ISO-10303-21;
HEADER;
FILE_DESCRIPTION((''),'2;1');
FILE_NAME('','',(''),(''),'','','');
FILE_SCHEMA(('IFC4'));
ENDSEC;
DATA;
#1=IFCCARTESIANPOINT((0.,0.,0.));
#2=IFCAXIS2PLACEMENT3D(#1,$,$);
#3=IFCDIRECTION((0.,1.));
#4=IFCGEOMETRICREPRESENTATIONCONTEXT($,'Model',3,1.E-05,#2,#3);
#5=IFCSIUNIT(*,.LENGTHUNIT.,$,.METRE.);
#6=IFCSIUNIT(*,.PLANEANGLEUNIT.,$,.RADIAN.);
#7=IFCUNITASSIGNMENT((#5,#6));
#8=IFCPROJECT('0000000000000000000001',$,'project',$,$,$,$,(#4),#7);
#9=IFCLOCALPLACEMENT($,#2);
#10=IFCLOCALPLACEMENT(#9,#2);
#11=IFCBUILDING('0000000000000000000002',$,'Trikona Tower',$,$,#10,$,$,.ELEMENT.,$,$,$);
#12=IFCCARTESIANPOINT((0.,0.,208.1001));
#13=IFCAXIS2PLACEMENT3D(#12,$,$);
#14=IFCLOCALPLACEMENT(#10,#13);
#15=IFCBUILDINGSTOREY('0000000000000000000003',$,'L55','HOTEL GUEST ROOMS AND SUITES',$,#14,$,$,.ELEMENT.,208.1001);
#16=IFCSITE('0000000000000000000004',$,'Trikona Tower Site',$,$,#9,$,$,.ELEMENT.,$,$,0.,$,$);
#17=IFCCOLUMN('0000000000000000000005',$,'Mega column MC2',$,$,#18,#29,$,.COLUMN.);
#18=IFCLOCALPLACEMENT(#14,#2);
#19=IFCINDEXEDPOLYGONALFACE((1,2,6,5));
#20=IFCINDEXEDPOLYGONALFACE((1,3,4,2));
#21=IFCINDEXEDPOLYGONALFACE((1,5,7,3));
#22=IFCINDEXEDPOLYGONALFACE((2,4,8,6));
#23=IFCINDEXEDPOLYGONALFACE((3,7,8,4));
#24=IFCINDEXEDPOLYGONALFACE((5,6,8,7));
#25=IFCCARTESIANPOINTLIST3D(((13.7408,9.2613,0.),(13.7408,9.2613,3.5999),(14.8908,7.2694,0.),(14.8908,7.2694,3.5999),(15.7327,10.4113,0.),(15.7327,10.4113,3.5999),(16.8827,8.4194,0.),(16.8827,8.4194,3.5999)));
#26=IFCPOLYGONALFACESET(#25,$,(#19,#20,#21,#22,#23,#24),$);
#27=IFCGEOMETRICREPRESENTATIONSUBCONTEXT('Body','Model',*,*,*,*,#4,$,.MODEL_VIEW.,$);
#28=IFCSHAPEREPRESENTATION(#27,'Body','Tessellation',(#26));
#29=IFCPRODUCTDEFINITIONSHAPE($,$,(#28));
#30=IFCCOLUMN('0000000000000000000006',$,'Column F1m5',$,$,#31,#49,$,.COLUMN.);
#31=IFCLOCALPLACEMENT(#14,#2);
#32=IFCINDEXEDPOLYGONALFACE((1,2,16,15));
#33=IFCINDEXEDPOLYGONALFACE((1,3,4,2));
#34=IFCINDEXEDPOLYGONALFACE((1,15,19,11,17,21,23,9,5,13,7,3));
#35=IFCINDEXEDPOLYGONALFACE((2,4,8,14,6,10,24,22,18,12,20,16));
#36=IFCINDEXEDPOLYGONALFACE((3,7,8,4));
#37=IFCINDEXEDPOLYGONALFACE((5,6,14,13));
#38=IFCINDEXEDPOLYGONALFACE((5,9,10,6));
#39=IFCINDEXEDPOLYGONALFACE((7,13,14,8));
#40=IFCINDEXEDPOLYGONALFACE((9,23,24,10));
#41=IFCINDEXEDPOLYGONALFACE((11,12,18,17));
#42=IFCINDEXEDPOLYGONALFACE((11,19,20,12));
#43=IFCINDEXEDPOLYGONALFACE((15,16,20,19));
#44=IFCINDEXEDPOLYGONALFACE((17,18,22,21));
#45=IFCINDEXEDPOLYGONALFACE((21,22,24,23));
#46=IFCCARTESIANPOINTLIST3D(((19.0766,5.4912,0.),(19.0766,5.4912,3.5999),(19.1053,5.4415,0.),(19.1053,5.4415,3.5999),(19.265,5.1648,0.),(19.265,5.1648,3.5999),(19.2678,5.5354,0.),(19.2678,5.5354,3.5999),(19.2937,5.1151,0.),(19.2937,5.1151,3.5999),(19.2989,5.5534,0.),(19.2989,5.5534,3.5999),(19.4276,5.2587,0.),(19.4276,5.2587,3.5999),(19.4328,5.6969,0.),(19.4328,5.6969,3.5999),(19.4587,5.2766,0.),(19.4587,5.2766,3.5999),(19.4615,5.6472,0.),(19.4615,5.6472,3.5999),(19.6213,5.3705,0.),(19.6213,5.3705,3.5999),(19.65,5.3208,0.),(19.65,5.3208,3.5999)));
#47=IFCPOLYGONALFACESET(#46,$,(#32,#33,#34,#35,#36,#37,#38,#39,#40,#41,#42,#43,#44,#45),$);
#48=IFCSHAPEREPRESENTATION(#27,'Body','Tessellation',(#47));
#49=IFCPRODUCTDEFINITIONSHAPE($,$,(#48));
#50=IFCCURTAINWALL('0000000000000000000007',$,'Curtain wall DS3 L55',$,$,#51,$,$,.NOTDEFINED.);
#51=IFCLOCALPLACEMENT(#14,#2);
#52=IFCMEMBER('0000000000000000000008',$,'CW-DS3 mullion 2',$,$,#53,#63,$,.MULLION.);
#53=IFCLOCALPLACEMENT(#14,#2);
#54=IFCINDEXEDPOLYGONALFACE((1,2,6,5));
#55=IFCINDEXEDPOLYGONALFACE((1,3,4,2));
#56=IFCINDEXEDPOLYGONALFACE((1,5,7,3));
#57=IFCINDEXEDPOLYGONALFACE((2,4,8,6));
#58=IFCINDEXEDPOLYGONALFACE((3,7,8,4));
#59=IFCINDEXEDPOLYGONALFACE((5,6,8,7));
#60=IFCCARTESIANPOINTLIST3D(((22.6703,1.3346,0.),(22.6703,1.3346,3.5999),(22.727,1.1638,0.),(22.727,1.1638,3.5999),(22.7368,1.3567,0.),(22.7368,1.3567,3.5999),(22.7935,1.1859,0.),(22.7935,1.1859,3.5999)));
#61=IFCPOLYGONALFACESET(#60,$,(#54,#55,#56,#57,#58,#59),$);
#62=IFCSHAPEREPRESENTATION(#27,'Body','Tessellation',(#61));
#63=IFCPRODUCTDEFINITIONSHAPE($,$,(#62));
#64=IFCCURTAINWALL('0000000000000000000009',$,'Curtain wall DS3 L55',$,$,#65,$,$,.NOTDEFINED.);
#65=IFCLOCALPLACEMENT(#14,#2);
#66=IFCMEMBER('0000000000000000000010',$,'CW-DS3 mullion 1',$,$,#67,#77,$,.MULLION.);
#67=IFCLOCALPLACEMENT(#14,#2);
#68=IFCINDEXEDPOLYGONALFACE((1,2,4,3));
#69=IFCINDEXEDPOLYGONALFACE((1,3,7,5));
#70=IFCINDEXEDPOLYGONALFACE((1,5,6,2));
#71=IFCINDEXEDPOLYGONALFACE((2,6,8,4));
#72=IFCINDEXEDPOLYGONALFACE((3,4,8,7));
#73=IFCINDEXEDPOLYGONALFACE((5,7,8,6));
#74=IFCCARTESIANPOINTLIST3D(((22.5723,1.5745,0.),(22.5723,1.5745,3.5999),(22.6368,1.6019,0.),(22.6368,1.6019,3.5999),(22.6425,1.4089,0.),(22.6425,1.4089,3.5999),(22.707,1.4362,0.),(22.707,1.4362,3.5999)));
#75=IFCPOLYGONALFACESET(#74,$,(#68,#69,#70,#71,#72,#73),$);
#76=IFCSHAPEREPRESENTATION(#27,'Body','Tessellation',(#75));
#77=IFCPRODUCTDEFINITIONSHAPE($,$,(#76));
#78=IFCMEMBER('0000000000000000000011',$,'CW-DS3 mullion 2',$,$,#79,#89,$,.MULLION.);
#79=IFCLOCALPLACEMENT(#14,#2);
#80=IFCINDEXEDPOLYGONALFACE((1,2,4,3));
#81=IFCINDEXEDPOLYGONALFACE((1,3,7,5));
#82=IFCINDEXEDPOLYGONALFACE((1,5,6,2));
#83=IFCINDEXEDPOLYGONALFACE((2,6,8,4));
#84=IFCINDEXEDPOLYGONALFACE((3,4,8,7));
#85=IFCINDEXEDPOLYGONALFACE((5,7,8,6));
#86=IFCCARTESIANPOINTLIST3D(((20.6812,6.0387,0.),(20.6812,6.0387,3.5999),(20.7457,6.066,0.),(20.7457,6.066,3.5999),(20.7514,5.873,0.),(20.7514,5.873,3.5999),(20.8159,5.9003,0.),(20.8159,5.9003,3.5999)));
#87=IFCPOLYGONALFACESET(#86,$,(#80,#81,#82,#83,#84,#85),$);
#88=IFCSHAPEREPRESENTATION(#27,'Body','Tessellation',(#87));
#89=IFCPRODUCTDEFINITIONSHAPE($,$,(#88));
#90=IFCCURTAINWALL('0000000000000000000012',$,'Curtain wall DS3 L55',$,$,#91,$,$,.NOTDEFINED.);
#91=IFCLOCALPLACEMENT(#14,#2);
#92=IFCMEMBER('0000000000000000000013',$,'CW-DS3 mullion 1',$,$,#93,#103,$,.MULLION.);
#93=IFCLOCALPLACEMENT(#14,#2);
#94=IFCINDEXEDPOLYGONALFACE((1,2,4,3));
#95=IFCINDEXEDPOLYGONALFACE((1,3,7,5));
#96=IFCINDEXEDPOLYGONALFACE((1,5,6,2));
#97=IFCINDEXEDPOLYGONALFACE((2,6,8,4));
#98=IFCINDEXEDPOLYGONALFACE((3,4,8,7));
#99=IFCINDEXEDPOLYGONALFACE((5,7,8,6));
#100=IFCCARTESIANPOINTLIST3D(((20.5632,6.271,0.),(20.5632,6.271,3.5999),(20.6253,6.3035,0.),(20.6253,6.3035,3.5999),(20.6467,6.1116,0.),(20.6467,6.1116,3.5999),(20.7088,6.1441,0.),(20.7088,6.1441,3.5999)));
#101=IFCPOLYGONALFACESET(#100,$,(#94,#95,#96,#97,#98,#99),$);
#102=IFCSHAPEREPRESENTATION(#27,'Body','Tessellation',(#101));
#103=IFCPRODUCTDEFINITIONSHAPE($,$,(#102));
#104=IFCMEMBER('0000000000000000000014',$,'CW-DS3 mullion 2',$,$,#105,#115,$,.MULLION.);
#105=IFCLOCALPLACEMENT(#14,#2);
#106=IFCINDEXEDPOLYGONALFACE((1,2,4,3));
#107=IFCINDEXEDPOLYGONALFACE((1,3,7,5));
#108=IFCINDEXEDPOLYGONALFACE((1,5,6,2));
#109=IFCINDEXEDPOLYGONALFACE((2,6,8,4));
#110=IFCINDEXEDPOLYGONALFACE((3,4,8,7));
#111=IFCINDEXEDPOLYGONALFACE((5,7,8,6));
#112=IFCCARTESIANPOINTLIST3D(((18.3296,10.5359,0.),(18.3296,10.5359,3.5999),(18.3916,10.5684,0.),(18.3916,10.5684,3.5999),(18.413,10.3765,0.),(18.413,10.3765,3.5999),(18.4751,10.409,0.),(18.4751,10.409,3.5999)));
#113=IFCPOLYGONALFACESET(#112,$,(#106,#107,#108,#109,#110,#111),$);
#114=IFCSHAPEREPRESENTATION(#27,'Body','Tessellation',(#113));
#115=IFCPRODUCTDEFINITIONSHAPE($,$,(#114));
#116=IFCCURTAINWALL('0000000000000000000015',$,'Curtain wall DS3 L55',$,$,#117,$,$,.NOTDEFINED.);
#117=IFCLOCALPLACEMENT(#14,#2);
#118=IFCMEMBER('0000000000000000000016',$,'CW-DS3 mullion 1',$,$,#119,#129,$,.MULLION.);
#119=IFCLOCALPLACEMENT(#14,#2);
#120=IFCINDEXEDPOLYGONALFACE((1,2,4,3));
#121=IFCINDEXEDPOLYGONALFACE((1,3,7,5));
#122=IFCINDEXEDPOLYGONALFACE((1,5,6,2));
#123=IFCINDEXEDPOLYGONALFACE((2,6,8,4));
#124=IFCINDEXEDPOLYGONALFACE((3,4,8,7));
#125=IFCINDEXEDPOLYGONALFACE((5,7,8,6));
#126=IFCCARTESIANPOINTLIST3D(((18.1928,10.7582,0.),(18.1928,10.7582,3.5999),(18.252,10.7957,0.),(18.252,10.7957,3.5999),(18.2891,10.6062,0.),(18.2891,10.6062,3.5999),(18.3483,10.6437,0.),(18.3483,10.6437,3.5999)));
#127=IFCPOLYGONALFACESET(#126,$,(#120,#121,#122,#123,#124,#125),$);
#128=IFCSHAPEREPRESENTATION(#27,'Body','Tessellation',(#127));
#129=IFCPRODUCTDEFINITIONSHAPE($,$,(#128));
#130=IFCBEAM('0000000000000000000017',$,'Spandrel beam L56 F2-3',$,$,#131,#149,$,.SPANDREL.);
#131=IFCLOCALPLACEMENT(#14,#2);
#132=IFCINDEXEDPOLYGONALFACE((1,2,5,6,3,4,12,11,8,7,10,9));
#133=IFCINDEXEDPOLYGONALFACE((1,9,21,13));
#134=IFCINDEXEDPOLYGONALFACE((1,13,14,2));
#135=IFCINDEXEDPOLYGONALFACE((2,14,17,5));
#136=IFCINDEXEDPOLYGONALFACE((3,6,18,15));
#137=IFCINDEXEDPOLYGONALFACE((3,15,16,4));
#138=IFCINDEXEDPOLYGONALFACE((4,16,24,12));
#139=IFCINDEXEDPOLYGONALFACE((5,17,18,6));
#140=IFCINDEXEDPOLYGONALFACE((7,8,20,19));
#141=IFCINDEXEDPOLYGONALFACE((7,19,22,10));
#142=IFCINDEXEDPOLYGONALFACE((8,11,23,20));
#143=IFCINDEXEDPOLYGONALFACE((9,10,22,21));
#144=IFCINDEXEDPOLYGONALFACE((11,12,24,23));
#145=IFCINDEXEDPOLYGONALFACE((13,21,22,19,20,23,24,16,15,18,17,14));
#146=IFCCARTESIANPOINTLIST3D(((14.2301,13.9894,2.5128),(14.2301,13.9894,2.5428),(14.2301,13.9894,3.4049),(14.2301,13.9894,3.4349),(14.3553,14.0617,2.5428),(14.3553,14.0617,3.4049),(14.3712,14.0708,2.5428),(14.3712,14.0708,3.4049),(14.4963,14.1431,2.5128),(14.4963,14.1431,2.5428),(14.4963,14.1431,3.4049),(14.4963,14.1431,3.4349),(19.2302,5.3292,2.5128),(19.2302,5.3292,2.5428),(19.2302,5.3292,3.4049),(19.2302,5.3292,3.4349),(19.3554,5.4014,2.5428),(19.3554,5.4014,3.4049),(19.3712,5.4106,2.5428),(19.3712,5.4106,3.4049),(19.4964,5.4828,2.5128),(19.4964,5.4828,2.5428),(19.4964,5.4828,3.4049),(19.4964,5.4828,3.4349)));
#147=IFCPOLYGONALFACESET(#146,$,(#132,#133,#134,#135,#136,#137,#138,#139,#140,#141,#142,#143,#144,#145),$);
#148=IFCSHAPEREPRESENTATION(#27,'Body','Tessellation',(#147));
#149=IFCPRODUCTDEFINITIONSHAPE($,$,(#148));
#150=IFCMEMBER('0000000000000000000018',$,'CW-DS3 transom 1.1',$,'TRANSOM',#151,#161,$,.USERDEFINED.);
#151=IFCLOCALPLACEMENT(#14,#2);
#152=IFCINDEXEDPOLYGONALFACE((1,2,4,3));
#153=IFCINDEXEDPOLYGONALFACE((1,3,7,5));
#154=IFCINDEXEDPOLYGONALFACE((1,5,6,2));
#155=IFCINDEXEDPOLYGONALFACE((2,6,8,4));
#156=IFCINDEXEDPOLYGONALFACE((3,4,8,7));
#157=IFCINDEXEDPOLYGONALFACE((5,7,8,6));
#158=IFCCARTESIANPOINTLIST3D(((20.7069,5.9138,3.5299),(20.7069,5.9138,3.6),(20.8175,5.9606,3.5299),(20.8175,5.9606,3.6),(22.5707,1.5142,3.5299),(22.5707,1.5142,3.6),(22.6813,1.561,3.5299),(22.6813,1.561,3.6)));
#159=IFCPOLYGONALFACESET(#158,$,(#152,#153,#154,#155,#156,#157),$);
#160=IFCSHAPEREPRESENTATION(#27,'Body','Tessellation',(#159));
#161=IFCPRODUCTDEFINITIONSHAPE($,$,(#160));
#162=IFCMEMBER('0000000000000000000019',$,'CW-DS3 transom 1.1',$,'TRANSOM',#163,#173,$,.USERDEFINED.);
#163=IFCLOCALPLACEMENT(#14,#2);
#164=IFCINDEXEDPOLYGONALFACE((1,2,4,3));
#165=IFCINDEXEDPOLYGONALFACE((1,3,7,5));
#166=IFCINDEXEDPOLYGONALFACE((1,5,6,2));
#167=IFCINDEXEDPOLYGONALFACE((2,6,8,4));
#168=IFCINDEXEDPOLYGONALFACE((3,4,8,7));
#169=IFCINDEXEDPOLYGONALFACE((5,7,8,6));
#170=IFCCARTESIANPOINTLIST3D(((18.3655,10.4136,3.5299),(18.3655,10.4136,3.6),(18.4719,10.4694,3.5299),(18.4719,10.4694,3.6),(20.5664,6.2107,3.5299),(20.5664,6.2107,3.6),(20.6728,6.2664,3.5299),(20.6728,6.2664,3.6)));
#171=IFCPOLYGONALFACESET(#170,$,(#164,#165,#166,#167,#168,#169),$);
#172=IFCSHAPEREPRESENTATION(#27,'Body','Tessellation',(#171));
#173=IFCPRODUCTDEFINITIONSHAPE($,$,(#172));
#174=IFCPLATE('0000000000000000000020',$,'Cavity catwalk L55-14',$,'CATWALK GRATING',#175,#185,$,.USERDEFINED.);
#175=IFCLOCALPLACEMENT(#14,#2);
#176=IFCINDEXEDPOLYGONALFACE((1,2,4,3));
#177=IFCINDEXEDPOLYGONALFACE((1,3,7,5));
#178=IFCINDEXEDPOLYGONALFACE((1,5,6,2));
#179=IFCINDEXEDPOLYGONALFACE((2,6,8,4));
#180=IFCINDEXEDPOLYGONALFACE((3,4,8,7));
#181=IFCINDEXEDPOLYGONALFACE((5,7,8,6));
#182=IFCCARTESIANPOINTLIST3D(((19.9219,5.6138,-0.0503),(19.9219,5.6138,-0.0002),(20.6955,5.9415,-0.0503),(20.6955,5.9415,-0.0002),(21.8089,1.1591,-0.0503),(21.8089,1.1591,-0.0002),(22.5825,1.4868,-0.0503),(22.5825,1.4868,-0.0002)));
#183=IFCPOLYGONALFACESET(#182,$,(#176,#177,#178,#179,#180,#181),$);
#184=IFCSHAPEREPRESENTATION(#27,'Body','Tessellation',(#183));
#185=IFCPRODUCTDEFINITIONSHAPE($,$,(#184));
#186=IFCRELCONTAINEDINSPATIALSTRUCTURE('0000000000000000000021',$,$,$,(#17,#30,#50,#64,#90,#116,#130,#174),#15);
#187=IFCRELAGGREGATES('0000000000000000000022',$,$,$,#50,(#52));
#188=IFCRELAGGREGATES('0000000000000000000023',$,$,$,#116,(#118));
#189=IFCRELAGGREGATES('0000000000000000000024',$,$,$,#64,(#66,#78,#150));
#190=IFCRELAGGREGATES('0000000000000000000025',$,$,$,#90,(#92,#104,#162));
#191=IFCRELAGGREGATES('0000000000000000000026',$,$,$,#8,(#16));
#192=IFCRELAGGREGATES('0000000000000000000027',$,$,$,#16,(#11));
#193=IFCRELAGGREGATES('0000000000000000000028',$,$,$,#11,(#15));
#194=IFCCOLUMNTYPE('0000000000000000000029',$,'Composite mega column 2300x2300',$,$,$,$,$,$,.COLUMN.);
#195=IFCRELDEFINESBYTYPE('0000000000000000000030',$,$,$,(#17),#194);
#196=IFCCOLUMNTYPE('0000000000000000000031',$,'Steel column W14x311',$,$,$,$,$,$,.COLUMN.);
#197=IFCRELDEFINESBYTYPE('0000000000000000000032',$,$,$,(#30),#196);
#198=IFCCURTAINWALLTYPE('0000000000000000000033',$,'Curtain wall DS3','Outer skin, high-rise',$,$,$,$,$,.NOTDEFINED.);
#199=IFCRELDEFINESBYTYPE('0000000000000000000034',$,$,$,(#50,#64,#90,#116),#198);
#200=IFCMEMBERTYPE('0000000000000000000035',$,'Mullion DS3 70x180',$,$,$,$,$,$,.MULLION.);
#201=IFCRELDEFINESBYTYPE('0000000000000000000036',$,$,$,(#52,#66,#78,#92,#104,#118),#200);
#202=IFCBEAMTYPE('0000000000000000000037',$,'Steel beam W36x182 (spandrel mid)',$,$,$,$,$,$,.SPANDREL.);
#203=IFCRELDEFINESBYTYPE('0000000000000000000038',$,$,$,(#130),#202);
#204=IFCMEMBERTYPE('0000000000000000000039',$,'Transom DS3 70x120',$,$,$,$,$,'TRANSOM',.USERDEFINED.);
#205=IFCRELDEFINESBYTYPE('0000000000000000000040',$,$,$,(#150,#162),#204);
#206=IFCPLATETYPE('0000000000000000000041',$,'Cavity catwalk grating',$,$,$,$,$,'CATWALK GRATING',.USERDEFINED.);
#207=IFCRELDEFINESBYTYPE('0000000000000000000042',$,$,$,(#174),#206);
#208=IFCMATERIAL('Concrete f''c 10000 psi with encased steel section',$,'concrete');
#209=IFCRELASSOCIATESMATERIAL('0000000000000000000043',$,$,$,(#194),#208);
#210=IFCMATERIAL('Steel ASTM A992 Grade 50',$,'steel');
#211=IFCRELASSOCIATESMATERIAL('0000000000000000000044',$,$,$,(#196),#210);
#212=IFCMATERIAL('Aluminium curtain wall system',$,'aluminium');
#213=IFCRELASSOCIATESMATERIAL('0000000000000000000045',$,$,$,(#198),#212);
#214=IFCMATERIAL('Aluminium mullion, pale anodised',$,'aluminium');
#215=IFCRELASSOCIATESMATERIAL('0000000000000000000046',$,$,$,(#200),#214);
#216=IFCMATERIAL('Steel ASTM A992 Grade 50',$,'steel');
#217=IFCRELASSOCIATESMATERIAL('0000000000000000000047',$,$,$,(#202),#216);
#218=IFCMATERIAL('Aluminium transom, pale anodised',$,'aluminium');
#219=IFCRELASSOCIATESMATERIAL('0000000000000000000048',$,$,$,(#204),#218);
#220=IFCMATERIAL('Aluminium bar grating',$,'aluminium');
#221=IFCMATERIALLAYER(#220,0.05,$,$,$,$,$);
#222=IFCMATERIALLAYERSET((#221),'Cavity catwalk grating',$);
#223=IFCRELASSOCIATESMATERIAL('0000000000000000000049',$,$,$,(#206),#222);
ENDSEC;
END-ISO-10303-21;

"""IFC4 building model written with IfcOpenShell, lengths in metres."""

from ifc_helpers import new_model, si_unit, direction, frame, origin, origin_2d, place, context, subcontext, project, spatial, rectangle, i_section, extrude, material, layer, layer_set, material_profile, profile_set, type_object, element, aggregate, save


model = new_model("IFC4")

# Units and contexts
model_context = context("Model", 3, precision=1e-05, world=origin(), true_north=direction((0.0, 1.0)))
body_context = subcontext(model_context, "Body", "Model", "MODEL_VIEW")
ifc_project = project(units=[si_unit("LENGTHUNIT", "METRE"), si_unit("PLANEANGLEUNIT", "RADIAN")], contexts=[model_context])

# Site, building, storey
site_placement = place(None, origin())
site = spatial("IfcSite", under=ifc_project, at=site_placement, Name="Trikona Tower Site", CompositionType="ELEMENT", RefElevation=0.0)
building_placement = place(site_placement, origin())
building = spatial("IfcBuilding", under=site, at=building_placement, Name="Trikona Tower", CompositionType="ELEMENT")
storey_placement = place(building_placement, frame((0.0, 0.0, 208.1001)))
storey = spatial("IfcBuildingStorey", under=building, at=storey_placement, Name="L55", Description="HOTEL GUEST ROOMS AND SUITES", CompositionType="ELEMENT", Elevation=208.1001)

# Columns
ifc_material_1 = material(Name="Concrete f'c 10000 psi with encased steel section", Category="concrete")
ifc_material_profile_1 = material_profile(ifc_material_1, rectangle(XDim=2.3, YDim=2.3, at=origin_2d()), Name="MC2300")
ifc_profile_set_1 = profile_set([ifc_material_profile_1], Name="Concrete f'c 10000 psi with encased steel section")
column_type_1 = type_object("IfcColumnType", Name="Composite mega column 2300x2300", PredefinedType="COLUMN", material=ifc_profile_set_1)
column_1_placement = place(storey_placement, frame((15.3118, 8.8403, 0.0), z_axis=(0.0, 0.0, 1.0), x_axis=(0.866025, 0.5, 0.0)))
element("IfcColumn", 1, at=column_1_placement, inside=storey, type_object=column_type_1, Name="Mega column MC2", PredefinedType="COLUMN", context=body_context, shape_type="SweptSolid", body=[
    extrude(rectangle(XDim=2.3, YDim=2.3, at=origin_2d()), origin(), (0.0, 0.0, 1.0), 3.5999),
])
ifc_material_2 = material(Name="Steel ASTM A992 Grade 50", Category="steel")
ifc_material_profile_2 = material_profile(ifc_material_2, i_section(OverallWidth=0.4114, OverallDepth=0.4343, WebThickness=0.0359, FlangeThickness=0.0574, at=origin_2d()), Name="W14X311")
ifc_profile_set_2 = profile_set([ifc_material_profile_2], Name="Steel ASTM A992 Grade 50")
column_type_2 = type_object("IfcColumnType", Name="Steel column W14x311", PredefinedType="COLUMN", material=ifc_profile_set_2)
column_2_placement = place(storey_placement, frame((19.3633, 5.406, 0.0), z_axis=(0.0, 0.0, 1.0), x_axis=(0.866025, 0.5, 0.0)))
element("IfcColumn", 2, at=column_2_placement, inside=storey, type_object=column_type_2, Name="Column F1m5", PredefinedType="COLUMN", context=body_context, shape_type="SweptSolid", body=[
    extrude(i_section(OverallWidth=0.4114, OverallDepth=0.4343, WebThickness=0.0359, FlangeThickness=0.0574, at=origin_2d()), origin(), (0.0, 0.0, 1.0), 3.5999),
])

# Curtain wall, member
ifc_material_3 = material(Name="Aluminium curtain wall system", Category="aluminium")
curtain_wall_type = type_object("IfcCurtainWallType", Name="Curtain wall DS3", Description="Outer skin, high-rise", PredefinedType="NOTDEFINED", material=ifc_material_3)
curtain_wall_1_placement = place(storey_placement, origin())
curtain_wall_1 = element("IfcCurtainWall", 3, at=curtain_wall_1_placement, inside=storey, type_object=curtain_wall_type, Name="Curtain wall DS3 L55", PredefinedType="NOTDEFINED")
ifc_material_4 = material(Name="Aluminium mullion, pale anodised", Category="aluminium")
ifc_material_profile_3 = material_profile(ifc_material_4, rectangle(XDim=0.0701, YDim=0.1799, at=origin_2d()), Name="MUL-DS3")
ifc_profile_set_3 = profile_set([ifc_material_profile_3], Name="Aluminium mullion, pale anodised")
member_type_1 = type_object("IfcMemberType", Name="Mullion DS3 70x180", PredefinedType="MULLION", material=ifc_profile_set_3)
member_1_placement = place(storey_placement, frame((22.7319, 1.2603, 0.0), z_axis=(0.0, 0.0, 1.0), x_axis=(-0.949066, -0.315078, 0.0)))
member_1 = element("IfcMember", 4, at=member_1_placement, type_object=member_type_1, Name="CW-DS3 mullion 2", PredefinedType="MULLION", context=body_context, shape_type="SweptSolid", body=[
    extrude(rectangle(XDim=0.0701, YDim=0.1799, at=origin_2d()), origin(), (0.0, 0.0, 1.0), 3.5999),
])
aggregate(curtain_wall_1, [member_1])

# Curtain walls, members
curtain_wall_2_placement = place(storey_placement, origin())
curtain_wall_2 = element("IfcCurtainWall", 5, at=curtain_wall_2_placement, inside=storey, type_object=curtain_wall_type, Name="Curtain wall DS3 L55", PredefinedType="NOTDEFINED")
member_2_placement = place(storey_placement, frame((22.6396, 1.5054, 0.0), z_axis=(0.0, 0.0, 1.0), x_axis=(-0.920792, -0.390053, 0.0)))
member_2 = element("IfcMember", 6, at=member_2_placement, type_object=member_type_1, Name="CW-DS3 mullion 1", PredefinedType="MULLION", context=body_context, shape_type="SweptSolid", body=[
    extrude(rectangle(XDim=0.0701, YDim=0.1799, at=origin_2d()), origin(), (0.0, 0.0, 1.0), 3.5999),
])
member_3_placement = place(storey_placement, frame((20.7485, 5.9695, 0.0), z_axis=(0.0, 0.0, 1.0), x_axis=(-0.920792, -0.390053, 0.0)))
member_3 = element("IfcMember", 7, at=member_3_placement, type_object=member_type_1, Name="CW-DS3 mullion 2", PredefinedType="MULLION", context=body_context, shape_type="SweptSolid", body=[
    extrude(rectangle(XDim=0.0701, YDim=0.1799, at=origin_2d()), origin(), (0.0, 0.0, 1.0), 3.5999),
])
curtain_wall_3_placement = place(storey_placement, origin())
curtain_wall_3 = element("IfcCurtainWall", 8, at=curtain_wall_3_placement, inside=storey, type_object=curtain_wall_type, Name="Curtain wall DS3 L55", PredefinedType="NOTDEFINED")
member_4_placement = place(storey_placement, frame((20.636, 6.2075, 0.0), z_axis=(0.0, 0.0, 1.0), x_axis=(-0.885862, -0.463948, 0.0)))
member_4 = element("IfcMember", 9, at=member_4_placement, type_object=member_type_1, Name="CW-DS3 mullion 1", PredefinedType="MULLION", context=body_context, shape_type="SweptSolid", body=[
    extrude(rectangle(XDim=0.0701, YDim=0.1799, at=origin_2d()), origin(), (0.0, 0.0, 1.0), 3.5999),
])
member_5_placement = place(storey_placement, frame((18.4023, 10.4724, 0.0), z_axis=(0.0, 0.0, 1.0), x_axis=(-0.885862, -0.463948, 0.0)))
member_5 = element("IfcMember", 10, at=member_5_placement, type_object=member_type_1, Name="CW-DS3 mullion 2", PredefinedType="MULLION", context=body_context, shape_type="SweptSolid", body=[
    extrude(rectangle(XDim=0.0701, YDim=0.1799, at=origin_2d()), origin(), (0.0, 0.0, 1.0), 3.5999),
])

# Curtain wall, member
curtain_wall_4_placement = place(storey_placement, origin())
curtain_wall_4 = element("IfcCurtainWall", 11, at=curtain_wall_4_placement, inside=storey, type_object=curtain_wall_type, Name="Curtain wall DS3 L55", PredefinedType="NOTDEFINED")
member_6_placement = place(storey_placement, frame((18.2705, 10.7009, 0.0), z_axis=(0.0, 0.0, 1.0), x_axis=(-0.844727, -0.535197, 0.0)))
member_6 = element("IfcMember", 12, at=member_6_placement, type_object=member_type_1, Name="CW-DS3 mullion 1", PredefinedType="MULLION", context=body_context, shape_type="SweptSolid", body=[
    extrude(rectangle(XDim=0.0701, YDim=0.1799, at=origin_2d()), origin(), (0.0, 0.0, 1.0), 3.5999),
])
aggregate(curtain_wall_4, [member_6])

# Beam
ifc_material_5 = material(Name="Steel ASTM A992 Grade 50", Category="steel")
ifc_material_profile_4 = material_profile(ifc_material_5, i_section(OverallWidth=0.3074, OverallDepth=0.9221, WebThickness=0.0183, FlangeThickness=0.03, at=origin_2d()), Name="W36X182")
ifc_profile_set_4 = profile_set([ifc_material_profile_4], Name="Steel ASTM A992 Grade 50")
beam_type = type_object("IfcBeamType", Name="Steel beam W36x182 (spandrel mid)", PredefinedType="SPANDREL", material=ifc_profile_set_4)
beam_placement = place(storey_placement, frame((19.3633, 5.406, 2.9739), z_axis=(-0.500004, 0.866023, 0.0), x_axis=(-0.866023, -0.500004, 0.0)))
element("IfcBeam", 13, at=beam_placement, inside=storey, type_object=beam_type, Name="Spandrel beam L56 F2-3", PredefinedType="SPANDREL", context=body_context, shape_type="SweptSolid", body=[
    extrude(i_section(OverallWidth=0.3074, OverallDepth=0.9221, WebThickness=0.0183, FlangeThickness=0.03, at=origin_2d()), origin(), (0.0, 0.0, 1.0), 10.0),
])

# Members
ifc_material_6 = material(Name="Aluminium transom, pale anodised", Category="aluminium")
ifc_material_profile_5 = material_profile(ifc_material_6, rectangle(XDim=0.1201, YDim=0.0701, at=origin_2d()), Name="TRN-DS3")
ifc_profile_set_5 = profile_set([ifc_material_profile_5], Name="Aluminium transom, pale anodised")
member_type_2 = type_object("IfcMemberType", Name="Transom DS3 70x120", ElementType="TRANSOM", PredefinedType="USERDEFINED", material=ifc_profile_set_5)
member_7_placement = place(storey_placement, frame((22.626, 1.5376, 3.5649), z_axis=(-0.390062, 0.920789, 0.0), x_axis=(-0.920789, -0.390062, 0.0)))
member_7 = element("IfcMember", 14, at=member_7_placement, type_object=member_type_2, Name="CW-DS3 transom 1.1", ObjectType="TRANSOM", PredefinedType="USERDEFINED", context=body_context, shape_type="SweptSolid", body=[
    extrude(rectangle(XDim=0.1201, YDim=0.0701, at=origin_2d()), origin(), (0.0, 0.0, 1.0), 4.7781),
])
member_8_placement = place(storey_placement, frame((20.6196, 6.2385, 3.5649), z_axis=(-0.463911, 0.885882, 0.0), x_axis=(-0.885882, -0.463911, 0.0)))
member_8 = element("IfcMember", 15, at=member_8_placement, type_object=member_type_2, Name="CW-DS3 transom 1.1", ObjectType="TRANSOM", PredefinedType="USERDEFINED", context=body_context, shape_type="SweptSolid", body=[
    extrude(rectangle(XDim=0.1201, YDim=0.0701, at=origin_2d()), origin(), (0.0, 0.0, 1.0), 4.7444),
])

# Plate
ifc_material_7 = material(Name="Aluminium bar grating", Category="aluminium")
ifc_layer_1 = layer(ifc_material_7, 0.05)
ifc_layer_set_1 = layer_set([ifc_layer_1], Name="Cavity catwalk grating")
plate_type_1 = type_object("IfcPlateType", Name="Cavity catwalk grating", ElementType="CATWALK GRATING", PredefinedType="USERDEFINED", material=ifc_layer_set_1)
plate_1_placement = place(storey_placement, frame((21.2522, 3.5503, -0.0503), z_axis=(0.0, 0.0, 1.0), x_axis=(-0.390051, 0.920793, 0.0)))
element("IfcPlate", 16, at=plate_1_placement, inside=storey, type_object=plate_type_1, Name="Cavity catwalk L55-14", ObjectType="CATWALK GRATING", PredefinedType="USERDEFINED", context=body_context, shape_type="SweptSolid", body=[
    extrude(rectangle(XDim=4.8379, YDim=0.8401, at=origin_2d()), origin(), (0.0, 0.0, 1.0), 0.05),
])

aggregate(curtain_wall_2, [member_2, member_3, member_7])
aggregate(curtain_wall_3, [member_4, member_5, member_8])

save(model, "model.ifc")
